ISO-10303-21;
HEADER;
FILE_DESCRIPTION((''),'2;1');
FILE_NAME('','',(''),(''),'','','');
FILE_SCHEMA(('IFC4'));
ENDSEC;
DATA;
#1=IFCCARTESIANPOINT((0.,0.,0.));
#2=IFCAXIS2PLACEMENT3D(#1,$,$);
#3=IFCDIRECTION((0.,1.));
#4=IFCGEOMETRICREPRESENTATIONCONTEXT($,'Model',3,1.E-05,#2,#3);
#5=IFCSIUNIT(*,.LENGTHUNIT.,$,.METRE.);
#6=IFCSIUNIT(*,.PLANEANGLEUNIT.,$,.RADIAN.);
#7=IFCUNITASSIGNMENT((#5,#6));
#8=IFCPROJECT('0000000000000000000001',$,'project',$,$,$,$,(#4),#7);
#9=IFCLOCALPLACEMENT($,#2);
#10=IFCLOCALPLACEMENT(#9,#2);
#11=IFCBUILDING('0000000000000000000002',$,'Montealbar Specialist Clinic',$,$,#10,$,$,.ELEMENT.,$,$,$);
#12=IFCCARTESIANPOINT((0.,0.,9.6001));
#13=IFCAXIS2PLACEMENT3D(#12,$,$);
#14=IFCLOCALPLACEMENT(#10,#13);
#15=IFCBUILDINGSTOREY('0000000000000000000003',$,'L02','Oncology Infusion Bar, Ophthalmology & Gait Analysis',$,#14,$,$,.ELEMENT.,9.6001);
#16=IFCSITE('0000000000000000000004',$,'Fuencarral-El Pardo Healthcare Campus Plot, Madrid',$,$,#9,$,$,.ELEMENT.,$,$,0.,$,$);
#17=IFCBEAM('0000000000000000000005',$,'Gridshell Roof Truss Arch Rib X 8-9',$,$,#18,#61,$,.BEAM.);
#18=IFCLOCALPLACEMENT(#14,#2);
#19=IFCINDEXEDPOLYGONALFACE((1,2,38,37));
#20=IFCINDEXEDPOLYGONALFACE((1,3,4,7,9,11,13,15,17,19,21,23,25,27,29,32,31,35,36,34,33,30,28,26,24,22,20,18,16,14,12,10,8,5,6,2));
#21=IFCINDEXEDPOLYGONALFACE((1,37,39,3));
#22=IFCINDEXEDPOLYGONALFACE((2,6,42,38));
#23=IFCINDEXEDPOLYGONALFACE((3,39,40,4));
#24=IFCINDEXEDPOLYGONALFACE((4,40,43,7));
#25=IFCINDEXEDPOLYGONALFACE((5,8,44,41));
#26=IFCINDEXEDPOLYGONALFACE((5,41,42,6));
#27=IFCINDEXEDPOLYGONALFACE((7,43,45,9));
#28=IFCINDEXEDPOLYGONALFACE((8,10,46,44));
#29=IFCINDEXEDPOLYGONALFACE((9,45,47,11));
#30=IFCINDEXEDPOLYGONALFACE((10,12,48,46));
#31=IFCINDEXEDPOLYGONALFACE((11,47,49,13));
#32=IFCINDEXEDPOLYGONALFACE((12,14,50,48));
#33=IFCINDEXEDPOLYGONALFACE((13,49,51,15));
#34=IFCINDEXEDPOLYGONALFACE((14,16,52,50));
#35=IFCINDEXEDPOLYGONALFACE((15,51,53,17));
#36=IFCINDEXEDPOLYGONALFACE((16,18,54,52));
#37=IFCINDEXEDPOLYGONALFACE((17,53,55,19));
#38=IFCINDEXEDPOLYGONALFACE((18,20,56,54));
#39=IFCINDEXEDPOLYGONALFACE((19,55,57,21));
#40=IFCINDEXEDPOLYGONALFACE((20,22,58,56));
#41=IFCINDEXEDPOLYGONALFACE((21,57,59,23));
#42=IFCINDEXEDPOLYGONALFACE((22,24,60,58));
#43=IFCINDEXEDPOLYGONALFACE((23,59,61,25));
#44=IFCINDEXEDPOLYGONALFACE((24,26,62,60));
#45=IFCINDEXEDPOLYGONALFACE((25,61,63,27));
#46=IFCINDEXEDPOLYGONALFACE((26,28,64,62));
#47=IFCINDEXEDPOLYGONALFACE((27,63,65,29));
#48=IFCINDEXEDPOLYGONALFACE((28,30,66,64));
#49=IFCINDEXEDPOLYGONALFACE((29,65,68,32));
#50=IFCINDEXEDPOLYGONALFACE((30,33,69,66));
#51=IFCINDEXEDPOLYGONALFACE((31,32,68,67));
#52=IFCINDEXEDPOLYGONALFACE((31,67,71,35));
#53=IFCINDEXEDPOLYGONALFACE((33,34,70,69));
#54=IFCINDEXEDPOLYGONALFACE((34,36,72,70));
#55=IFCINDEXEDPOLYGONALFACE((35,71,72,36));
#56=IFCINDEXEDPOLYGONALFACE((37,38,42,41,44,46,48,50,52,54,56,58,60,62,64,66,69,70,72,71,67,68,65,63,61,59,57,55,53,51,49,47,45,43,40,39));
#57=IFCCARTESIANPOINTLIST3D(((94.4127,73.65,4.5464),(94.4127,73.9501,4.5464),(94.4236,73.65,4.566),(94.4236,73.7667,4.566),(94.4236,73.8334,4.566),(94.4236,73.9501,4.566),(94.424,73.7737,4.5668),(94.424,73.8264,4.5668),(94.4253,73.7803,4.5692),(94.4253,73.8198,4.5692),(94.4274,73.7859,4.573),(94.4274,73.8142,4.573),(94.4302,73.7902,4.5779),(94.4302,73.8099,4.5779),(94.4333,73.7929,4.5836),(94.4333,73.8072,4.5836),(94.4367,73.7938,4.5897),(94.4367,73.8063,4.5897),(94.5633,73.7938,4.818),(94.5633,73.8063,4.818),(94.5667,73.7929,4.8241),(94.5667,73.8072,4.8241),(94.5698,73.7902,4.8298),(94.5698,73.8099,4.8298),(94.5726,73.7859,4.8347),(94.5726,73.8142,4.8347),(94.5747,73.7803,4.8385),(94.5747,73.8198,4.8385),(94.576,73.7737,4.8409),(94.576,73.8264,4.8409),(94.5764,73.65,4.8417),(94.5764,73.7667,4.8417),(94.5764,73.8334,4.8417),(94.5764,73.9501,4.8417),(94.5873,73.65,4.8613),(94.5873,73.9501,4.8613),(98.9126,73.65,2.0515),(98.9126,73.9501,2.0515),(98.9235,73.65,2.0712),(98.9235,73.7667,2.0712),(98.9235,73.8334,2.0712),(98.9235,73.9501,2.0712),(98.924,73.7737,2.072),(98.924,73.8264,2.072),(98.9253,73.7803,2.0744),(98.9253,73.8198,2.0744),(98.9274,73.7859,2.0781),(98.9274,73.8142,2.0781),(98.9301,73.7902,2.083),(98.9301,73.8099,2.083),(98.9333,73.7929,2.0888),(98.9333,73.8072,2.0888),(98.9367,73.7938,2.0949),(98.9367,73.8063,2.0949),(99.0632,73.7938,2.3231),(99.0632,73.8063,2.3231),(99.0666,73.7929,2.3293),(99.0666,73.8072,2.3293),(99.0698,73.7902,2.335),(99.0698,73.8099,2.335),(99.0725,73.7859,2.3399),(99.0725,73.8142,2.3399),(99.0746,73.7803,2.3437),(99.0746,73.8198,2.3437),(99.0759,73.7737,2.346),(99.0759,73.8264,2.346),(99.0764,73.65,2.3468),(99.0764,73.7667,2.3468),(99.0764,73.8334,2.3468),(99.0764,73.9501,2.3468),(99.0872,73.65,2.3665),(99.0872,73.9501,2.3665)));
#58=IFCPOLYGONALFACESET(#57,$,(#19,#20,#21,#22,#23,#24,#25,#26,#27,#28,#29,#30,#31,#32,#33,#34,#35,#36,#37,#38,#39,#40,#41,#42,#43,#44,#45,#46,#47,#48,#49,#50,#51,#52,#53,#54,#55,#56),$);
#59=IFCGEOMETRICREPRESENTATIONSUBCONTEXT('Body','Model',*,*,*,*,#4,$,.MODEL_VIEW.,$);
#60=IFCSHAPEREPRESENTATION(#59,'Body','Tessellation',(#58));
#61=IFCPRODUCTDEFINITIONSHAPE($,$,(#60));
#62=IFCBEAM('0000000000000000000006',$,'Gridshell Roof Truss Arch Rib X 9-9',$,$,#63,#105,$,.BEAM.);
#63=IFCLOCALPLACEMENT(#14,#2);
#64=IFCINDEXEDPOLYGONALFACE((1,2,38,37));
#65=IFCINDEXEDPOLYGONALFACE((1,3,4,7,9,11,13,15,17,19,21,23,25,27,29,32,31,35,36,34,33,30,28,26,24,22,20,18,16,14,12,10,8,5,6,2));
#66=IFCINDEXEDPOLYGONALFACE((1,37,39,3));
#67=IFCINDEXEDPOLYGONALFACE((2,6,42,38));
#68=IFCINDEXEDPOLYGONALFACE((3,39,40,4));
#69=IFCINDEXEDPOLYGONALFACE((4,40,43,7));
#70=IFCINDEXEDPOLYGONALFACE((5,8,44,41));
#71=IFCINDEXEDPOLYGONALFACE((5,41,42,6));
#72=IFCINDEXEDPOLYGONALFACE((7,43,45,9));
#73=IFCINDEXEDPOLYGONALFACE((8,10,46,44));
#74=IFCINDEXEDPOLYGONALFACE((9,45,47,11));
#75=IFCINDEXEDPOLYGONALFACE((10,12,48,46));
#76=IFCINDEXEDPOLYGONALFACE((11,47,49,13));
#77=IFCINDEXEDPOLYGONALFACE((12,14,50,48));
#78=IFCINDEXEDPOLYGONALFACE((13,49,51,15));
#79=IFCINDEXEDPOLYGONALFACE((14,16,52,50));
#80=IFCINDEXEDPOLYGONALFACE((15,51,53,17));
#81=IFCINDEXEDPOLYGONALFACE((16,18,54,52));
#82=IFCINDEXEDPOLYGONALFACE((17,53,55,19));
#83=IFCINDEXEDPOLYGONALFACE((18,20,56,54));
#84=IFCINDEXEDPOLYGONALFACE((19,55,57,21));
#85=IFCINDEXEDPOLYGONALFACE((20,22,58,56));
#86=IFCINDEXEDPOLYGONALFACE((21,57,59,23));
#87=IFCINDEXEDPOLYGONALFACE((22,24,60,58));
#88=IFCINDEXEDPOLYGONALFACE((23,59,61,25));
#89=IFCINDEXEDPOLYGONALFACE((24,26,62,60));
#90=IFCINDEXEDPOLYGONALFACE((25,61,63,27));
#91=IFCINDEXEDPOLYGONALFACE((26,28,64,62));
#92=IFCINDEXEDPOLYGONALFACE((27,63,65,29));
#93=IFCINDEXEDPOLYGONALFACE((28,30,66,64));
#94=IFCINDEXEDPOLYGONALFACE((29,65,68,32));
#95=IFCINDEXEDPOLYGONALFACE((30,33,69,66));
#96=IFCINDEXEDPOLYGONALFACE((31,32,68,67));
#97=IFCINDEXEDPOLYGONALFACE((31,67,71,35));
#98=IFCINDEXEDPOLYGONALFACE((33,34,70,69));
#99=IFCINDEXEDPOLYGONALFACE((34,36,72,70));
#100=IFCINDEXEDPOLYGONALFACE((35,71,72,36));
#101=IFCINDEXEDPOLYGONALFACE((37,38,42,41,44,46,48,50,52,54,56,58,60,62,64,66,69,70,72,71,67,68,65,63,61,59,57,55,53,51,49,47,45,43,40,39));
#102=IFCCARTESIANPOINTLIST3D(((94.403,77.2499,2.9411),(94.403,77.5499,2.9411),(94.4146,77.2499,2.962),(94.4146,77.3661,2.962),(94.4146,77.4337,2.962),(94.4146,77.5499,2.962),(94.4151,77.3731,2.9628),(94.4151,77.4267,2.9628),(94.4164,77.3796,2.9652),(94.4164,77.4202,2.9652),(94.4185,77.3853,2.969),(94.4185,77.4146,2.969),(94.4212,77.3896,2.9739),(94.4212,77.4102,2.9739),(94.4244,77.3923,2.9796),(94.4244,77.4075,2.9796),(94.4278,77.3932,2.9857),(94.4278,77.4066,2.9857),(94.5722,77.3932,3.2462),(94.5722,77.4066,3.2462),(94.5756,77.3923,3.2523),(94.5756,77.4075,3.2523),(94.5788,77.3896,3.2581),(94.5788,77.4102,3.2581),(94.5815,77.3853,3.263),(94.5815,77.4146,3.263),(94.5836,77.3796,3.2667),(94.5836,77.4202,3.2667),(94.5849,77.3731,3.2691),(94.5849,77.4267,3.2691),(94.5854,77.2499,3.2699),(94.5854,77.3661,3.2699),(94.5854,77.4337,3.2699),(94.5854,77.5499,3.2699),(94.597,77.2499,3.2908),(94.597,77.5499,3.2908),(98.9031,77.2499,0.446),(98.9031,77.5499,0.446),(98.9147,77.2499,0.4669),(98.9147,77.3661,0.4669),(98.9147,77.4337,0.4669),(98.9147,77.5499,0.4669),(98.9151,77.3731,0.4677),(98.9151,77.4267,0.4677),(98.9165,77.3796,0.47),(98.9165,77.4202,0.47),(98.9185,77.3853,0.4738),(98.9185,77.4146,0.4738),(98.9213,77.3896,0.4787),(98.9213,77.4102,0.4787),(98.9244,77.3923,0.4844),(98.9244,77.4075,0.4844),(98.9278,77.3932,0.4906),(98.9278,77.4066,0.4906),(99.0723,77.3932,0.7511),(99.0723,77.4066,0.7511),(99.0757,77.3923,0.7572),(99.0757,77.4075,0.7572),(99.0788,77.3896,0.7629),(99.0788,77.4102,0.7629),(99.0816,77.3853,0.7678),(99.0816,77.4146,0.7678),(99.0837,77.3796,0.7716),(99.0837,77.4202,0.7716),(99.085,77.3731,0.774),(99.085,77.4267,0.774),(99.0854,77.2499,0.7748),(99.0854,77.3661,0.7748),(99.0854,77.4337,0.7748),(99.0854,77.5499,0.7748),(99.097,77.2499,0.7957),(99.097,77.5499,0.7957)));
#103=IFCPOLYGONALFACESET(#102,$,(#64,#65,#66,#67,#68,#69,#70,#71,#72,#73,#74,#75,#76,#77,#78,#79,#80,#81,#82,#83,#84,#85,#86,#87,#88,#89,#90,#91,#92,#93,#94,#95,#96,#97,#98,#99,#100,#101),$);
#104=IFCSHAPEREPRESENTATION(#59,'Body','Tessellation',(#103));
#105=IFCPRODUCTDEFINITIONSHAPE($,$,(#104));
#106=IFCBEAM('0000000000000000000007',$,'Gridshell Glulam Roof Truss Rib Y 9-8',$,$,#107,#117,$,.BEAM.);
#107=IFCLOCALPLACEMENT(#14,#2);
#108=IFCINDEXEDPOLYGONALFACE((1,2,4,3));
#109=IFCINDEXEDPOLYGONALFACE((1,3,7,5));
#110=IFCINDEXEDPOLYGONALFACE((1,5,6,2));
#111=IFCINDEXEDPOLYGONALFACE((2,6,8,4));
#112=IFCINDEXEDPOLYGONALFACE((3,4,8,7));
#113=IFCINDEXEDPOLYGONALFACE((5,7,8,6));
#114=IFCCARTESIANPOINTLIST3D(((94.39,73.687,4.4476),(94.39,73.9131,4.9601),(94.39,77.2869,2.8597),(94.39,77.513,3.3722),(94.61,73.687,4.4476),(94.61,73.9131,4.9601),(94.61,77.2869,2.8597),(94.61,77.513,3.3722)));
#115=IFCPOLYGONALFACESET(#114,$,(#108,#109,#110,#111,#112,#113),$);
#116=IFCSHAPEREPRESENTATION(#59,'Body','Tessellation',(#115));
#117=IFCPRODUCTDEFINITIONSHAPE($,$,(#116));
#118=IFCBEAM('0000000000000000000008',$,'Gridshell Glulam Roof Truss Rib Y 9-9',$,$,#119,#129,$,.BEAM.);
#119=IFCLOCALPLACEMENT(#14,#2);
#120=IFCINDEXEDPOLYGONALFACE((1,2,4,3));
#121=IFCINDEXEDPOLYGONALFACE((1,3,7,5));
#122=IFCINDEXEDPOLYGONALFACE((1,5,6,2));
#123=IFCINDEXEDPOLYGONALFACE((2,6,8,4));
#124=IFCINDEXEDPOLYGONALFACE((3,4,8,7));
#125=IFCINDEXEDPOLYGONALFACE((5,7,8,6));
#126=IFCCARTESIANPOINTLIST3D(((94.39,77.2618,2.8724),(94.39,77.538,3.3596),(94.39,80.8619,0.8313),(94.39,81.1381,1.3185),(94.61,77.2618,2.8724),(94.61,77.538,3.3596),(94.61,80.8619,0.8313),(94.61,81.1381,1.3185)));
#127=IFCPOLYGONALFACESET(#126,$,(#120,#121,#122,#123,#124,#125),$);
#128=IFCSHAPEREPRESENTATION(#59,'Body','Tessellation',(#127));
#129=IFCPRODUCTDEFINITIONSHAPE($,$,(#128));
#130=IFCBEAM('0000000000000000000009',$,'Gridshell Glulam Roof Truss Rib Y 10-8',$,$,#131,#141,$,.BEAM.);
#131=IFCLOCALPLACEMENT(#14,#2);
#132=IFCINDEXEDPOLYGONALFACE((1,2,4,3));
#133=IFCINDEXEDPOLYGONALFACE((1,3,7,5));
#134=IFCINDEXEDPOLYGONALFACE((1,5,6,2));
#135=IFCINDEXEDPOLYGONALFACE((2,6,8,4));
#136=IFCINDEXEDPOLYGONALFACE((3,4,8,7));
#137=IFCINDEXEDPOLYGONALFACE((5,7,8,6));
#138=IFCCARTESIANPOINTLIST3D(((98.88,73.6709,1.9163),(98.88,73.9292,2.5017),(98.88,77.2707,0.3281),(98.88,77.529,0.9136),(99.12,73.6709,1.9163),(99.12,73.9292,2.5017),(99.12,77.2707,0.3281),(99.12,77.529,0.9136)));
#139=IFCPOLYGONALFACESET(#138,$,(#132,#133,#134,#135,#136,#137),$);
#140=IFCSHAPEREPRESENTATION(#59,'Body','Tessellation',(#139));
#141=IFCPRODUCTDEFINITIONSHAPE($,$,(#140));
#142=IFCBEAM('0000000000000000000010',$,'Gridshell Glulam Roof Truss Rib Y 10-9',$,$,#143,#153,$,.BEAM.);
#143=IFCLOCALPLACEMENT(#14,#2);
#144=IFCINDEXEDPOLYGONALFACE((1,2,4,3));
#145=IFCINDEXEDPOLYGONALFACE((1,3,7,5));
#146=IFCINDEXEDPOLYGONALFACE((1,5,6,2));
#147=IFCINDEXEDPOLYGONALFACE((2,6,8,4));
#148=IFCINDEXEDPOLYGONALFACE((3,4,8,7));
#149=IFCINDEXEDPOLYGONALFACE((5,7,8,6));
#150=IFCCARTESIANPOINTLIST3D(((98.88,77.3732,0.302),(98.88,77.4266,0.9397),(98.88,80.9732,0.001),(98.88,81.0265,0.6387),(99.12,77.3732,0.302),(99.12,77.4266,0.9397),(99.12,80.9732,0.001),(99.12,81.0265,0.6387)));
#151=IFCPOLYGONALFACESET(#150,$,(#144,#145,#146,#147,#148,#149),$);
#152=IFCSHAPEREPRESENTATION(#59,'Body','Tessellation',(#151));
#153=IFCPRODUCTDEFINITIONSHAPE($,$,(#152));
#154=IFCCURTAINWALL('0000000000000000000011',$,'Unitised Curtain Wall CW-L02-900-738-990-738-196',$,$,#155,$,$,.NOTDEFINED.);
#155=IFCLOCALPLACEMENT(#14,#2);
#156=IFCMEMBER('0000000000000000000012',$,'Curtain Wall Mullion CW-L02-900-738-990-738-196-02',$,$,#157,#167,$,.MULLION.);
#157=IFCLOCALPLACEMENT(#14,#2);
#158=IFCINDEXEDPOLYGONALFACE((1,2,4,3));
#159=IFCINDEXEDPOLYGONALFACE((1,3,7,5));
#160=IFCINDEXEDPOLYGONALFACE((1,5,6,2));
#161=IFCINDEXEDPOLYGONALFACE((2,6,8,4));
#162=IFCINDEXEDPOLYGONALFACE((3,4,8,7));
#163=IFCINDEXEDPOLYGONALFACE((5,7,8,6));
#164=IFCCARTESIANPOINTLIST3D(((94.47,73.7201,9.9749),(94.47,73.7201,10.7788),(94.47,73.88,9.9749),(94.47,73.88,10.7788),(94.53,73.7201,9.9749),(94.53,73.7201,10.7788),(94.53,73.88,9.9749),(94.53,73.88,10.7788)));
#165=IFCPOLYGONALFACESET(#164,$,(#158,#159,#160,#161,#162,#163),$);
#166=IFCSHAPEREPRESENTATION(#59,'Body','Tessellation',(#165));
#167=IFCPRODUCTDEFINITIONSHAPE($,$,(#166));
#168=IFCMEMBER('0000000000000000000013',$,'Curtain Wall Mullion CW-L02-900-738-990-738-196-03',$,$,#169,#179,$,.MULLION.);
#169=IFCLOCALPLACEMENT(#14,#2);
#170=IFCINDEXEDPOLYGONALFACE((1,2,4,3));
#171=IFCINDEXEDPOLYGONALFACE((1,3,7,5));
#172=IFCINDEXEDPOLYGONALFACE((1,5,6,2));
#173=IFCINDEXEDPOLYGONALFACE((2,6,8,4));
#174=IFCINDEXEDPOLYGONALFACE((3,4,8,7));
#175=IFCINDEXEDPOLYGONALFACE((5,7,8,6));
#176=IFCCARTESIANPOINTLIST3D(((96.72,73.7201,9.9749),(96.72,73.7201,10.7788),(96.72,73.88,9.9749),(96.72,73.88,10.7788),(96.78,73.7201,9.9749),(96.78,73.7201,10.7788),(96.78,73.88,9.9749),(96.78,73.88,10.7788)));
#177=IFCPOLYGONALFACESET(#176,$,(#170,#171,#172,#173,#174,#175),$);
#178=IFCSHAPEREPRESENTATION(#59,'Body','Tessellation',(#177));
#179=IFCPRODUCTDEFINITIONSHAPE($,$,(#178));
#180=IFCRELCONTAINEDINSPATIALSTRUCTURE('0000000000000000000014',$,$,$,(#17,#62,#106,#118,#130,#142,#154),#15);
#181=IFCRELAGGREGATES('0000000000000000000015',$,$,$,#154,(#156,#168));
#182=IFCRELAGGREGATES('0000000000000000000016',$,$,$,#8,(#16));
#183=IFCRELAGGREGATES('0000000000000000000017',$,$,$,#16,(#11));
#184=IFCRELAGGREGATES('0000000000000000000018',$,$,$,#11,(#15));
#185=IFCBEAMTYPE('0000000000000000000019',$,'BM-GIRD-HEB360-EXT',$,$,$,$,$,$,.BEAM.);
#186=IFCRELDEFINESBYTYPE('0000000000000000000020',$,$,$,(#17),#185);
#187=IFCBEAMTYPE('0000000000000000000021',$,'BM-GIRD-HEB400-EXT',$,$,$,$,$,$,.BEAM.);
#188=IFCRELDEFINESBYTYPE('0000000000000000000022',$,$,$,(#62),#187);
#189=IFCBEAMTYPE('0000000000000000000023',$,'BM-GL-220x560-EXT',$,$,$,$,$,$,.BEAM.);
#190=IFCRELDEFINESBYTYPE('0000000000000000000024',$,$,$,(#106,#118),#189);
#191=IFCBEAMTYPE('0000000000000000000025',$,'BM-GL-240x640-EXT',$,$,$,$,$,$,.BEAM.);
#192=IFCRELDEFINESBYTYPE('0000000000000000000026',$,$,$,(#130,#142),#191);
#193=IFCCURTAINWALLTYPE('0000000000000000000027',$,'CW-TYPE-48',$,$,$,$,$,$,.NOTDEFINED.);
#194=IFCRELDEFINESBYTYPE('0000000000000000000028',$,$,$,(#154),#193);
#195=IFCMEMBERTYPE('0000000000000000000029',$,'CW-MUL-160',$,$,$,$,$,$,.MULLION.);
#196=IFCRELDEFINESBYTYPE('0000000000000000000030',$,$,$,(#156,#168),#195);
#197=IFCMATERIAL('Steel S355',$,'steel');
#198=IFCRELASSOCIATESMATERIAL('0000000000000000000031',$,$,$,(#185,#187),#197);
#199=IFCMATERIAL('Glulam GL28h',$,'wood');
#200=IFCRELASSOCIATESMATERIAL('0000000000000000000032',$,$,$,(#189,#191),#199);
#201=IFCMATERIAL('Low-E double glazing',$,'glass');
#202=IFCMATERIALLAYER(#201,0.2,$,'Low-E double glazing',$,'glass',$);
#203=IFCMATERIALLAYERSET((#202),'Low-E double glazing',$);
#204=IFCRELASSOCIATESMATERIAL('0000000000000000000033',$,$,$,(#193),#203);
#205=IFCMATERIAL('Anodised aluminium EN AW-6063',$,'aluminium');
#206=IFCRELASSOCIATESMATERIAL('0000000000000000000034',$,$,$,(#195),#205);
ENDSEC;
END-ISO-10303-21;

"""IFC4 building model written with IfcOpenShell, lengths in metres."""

from ifc_helpers import new_model, si_unit, direction, frame, origin, origin_2d, place, context, subcontext, project, spatial, rectangle, i_section, extrude, material, layer, layer_set, material_profile, profile_set, type_object, element, aggregate, save


model = new_model("IFC4")

# Units and contexts
model_context = context("Model", 3, precision=1e-05, world=origin(), true_north=direction((0.0, 1.0)))
body_context = subcontext(model_context, "Body", "Model", "MODEL_VIEW")
ifc_project = project(units=[si_unit("LENGTHUNIT", "METRE"), si_unit("PLANEANGLEUNIT", "RADIAN")], contexts=[model_context])

# Site, building, storey
site_placement = place(None, origin())
site = spatial("IfcSite", under=ifc_project, at=site_placement, Name="Fuencarral-El Pardo Healthcare Campus Plot, Madrid", CompositionType="ELEMENT", RefElevation=0.0)
building_placement = place(site_placement, origin())
building = spatial("IfcBuilding", under=site, at=building_placement, Name="Montealbar Specialist Clinic", CompositionType="ELEMENT")
storey_placement = place(building_placement, frame((0.0, 0.0, 9.6001)))
storey = spatial("IfcBuildingStorey", under=building, at=storey_placement, Name="L02", Description="Oncology Infusion Bar, Ophthalmology & Gait Analysis", CompositionType="ELEMENT", Elevation=9.6001)

# Beams
ifc_material_1 = material(Name="Steel S355", Category="steel")
ifc_material_profile_1 = material_profile(ifc_material_1, i_section(OverallWidth=0.3, OverallDepth=0.3601, WebThickness=0.0125, FlangeThickness=0.0225, FilletRadius=0.0271, at=origin_2d()), Name="HEB 360", Category="steel")
ifc_profile_set_1 = profile_set([ifc_material_profile_1], Name="Steel S355")
beam_type_1 = type_object("IfcBeamType", Name="BM-GIRD-HEB360-EXT", PredefinedType="BEAM", material=ifc_profile_set_1)
beam_1_placement = place(storey_placement, frame((94.5, 73.8, 4.7039), z_axis=(0.87458, 0.0, -0.484881), x_axis=(0.0, 1.0, 0.0)))
element("IfcBeam", 1, at=beam_1_placement, inside=storey, type_object=beam_type_1, Name="Gridshell Roof Truss Arch Rib X 8-9", PredefinedType="BEAM", context=body_context, shape_type="SweptSolid", body=[
    extrude(i_section(OverallWidth=0.3, OverallDepth=0.3601, WebThickness=0.0125, FlangeThickness=0.0225, FilletRadius=0.0271, at=origin_2d()), origin(), (0.0, 0.0, 1.0), 5.1453),
])
ifc_material_profile_2 = material_profile(ifc_material_1, i_section(OverallWidth=0.3, OverallDepth=0.3999, WebThickness=0.0134, FlangeThickness=0.0239, FilletRadius=0.0271, at=origin_2d()), Name="HEB 400", Category="steel")
ifc_profile_set_2 = profile_set([ifc_material_profile_2], Name="Steel S355")
beam_type_2 = type_object("IfcBeamType", Name="BM-GIRD-HEB400-EXT", PredefinedType="BEAM", material=ifc_profile_set_2)
beam_2_placement = place(storey_placement, frame((94.5, 77.3999, 3.116), z_axis=(0.87456, 0.0, -0.484918), x_axis=(0.0, 1.0, 0.0)))
element("IfcBeam", 2, at=beam_2_placement, inside=storey, type_object=beam_type_2, Name="Gridshell Roof Truss Arch Rib X 9-9", PredefinedType="BEAM", context=body_context, shape_type="SweptSolid", body=[
    extrude(i_section(OverallWidth=0.3, OverallDepth=0.3999, WebThickness=0.0134, FlangeThickness=0.0239, FilletRadius=0.0271, at=origin_2d()), origin(), (0.0, 0.0, 1.0), 5.1455),
])
ifc_material_2 = material(Name="Glulam GL28h", Category="wood")
ifc_material_profile_3 = material_profile(ifc_material_2, rectangle(XDim=0.22, YDim=0.5601, at=origin_2d()), Name="GL28h 220x560", Category="wood")
ifc_profile_set_3 = profile_set([ifc_material_profile_3], Name="Glulam GL28h")
beam_type_3 = type_object("IfcBeamType", Name="BM-GL-220x560-EXT", PredefinedType="BEAM", material=ifc_profile_set_3)
beam_3_placement = place(storey_placement, frame((94.5, 73.8, 4.7039), z_axis=(0.0, 0.914944, -0.403581), x_axis=(-1.0, 0.0, 0.0)))
element("IfcBeam", 3, at=beam_3_placement, inside=storey, type_object=beam_type_3, Name="Gridshell Glulam Roof Truss Rib Y 9-8", PredefinedType="BEAM", context=body_context, shape_type="SweptSolid", body=[
    extrude(rectangle(XDim=0.22, YDim=0.5601, at=origin_2d()), origin(), (0.0, 0.0, 1.0), 3.9346),
])
beam_4_placement = place(storey_placement, frame((94.5, 77.3999, 3.116), z_axis=(0.0, 0.869923, -0.493188), x_axis=(-1.0, 0.0, 0.0)))
element("IfcBeam", 4, at=beam_4_placement, inside=storey, type_object=beam_type_3, Name="Gridshell Glulam Roof Truss Rib Y 9-9", PredefinedType="BEAM", context=body_context, shape_type="SweptSolid", body=[
    extrude(rectangle(XDim=0.22, YDim=0.5601, at=origin_2d()), origin(), (0.0, 0.0, 1.0), 4.1384),
])
ifc_material_profile_4 = material_profile(ifc_material_2, rectangle(XDim=0.24, YDim=0.6399, at=origin_2d()), Name="GL28h 240x640", Category="wood")
ifc_profile_set_4 = profile_set([ifc_material_profile_4], Name="Glulam GL28h")
beam_type_4 = type_object("IfcBeamType", Name="BM-GL-240x640-EXT", PredefinedType="BEAM", material=ifc_profile_set_4)
beam_5_placement = place(storey_placement, frame((99.0, 73.8, 2.209), z_axis=(0.0, 0.914921, -0.403633), x_axis=(-1.0, 0.0, 0.0)))
element("IfcBeam", 5, at=beam_5_placement, inside=storey, type_object=beam_type_4, Name="Gridshell Glulam Roof Truss Rib Y 10-8", PredefinedType="BEAM", context=body_context, shape_type="SweptSolid", body=[
    extrude(rectangle(XDim=0.24, YDim=0.6399, at=origin_2d()), origin(), (0.0, 0.0, 1.0), 3.9346),
])
beam_6_placement = place(storey_placement, frame((99.0, 77.3999, 0.6208), z_axis=(0.0, 0.996522, -0.083325), x_axis=(-1.0, 0.0, 0.0)))
element("IfcBeam", 6, at=beam_6_placement, inside=storey, type_object=beam_type_4, Name="Gridshell Glulam Roof Truss Rib Y 10-9", PredefinedType="BEAM", context=body_context, shape_type="SweptSolid", body=[
    extrude(rectangle(XDim=0.24, YDim=0.6399, at=origin_2d()), origin(), (0.0, 0.0, 1.0), 3.6125),
])

# Curtain wall, members
ifc_material_3 = material(Name="Low-E double glazing", Category="glass")
ifc_layer_1 = layer(ifc_material_3, 0.2, Name="Low-E double glazing", Category="glass")
ifc_layer_set_1 = layer_set([ifc_layer_1], Name="Low-E double glazing")
curtain_wall_type_1 = type_object("IfcCurtainWallType", Name="CW-TYPE-48", PredefinedType="NOTDEFINED", material=ifc_layer_set_1)
curtain_wall_1_placement = place(storey_placement, origin())
curtain_wall_1 = element("IfcCurtainWall", 7, at=curtain_wall_1_placement, inside=storey, type_object=curtain_wall_type_1, Name="Unitised Curtain Wall CW-L02-900-738-990-738-196", PredefinedType="NOTDEFINED")
ifc_material_4 = material(Name="Anodised aluminium EN AW-6063", Category="aluminium")
ifc_material_profile_5 = material_profile(ifc_material_4, rectangle(XDim=0.0601, YDim=0.1599, at=origin_2d()), Name="ALU 60x160", Category="aluminium")
ifc_profile_set_5 = profile_set([ifc_material_profile_5], Name="Anodised aluminium EN AW-6063")
member_type_1 = type_object("IfcMemberType", Name="CW-MUL-160", PredefinedType="MULLION", material=ifc_profile_set_5)
member_1_placement = place(storey_placement, frame((94.5, 73.8, 9.9749), z_axis=(0.0, 0.0, 1.0), x_axis=(1.0, 0.0, 0.0)))
member_1 = element("IfcMember", 8, at=member_1_placement, type_object=member_type_1, Name="Curtain Wall Mullion CW-L02-900-738-990-738-196-02", PredefinedType="MULLION", context=body_context, shape_type="SweptSolid", body=[
    extrude(rectangle(XDim=0.0601, YDim=0.1599, at=origin_2d()), origin(), (0.0, 0.0, 1.0), 0.804),
])
member_2_placement = place(storey_placement, frame((96.75, 73.8, 9.9749), z_axis=(0.0, 0.0, 1.0), x_axis=(1.0, 0.0, 0.0)))
member_2 = element("IfcMember", 9, at=member_2_placement, type_object=member_type_1, Name="Curtain Wall Mullion CW-L02-900-738-990-738-196-03", PredefinedType="MULLION", context=body_context, shape_type="SweptSolid", body=[
    extrude(rectangle(XDim=0.0601, YDim=0.1599, at=origin_2d()), origin(), (0.0, 0.0, 1.0), 0.804),
])

aggregate(curtain_wall_1, [member_1, member_2])

save(model, "model.ifc")
